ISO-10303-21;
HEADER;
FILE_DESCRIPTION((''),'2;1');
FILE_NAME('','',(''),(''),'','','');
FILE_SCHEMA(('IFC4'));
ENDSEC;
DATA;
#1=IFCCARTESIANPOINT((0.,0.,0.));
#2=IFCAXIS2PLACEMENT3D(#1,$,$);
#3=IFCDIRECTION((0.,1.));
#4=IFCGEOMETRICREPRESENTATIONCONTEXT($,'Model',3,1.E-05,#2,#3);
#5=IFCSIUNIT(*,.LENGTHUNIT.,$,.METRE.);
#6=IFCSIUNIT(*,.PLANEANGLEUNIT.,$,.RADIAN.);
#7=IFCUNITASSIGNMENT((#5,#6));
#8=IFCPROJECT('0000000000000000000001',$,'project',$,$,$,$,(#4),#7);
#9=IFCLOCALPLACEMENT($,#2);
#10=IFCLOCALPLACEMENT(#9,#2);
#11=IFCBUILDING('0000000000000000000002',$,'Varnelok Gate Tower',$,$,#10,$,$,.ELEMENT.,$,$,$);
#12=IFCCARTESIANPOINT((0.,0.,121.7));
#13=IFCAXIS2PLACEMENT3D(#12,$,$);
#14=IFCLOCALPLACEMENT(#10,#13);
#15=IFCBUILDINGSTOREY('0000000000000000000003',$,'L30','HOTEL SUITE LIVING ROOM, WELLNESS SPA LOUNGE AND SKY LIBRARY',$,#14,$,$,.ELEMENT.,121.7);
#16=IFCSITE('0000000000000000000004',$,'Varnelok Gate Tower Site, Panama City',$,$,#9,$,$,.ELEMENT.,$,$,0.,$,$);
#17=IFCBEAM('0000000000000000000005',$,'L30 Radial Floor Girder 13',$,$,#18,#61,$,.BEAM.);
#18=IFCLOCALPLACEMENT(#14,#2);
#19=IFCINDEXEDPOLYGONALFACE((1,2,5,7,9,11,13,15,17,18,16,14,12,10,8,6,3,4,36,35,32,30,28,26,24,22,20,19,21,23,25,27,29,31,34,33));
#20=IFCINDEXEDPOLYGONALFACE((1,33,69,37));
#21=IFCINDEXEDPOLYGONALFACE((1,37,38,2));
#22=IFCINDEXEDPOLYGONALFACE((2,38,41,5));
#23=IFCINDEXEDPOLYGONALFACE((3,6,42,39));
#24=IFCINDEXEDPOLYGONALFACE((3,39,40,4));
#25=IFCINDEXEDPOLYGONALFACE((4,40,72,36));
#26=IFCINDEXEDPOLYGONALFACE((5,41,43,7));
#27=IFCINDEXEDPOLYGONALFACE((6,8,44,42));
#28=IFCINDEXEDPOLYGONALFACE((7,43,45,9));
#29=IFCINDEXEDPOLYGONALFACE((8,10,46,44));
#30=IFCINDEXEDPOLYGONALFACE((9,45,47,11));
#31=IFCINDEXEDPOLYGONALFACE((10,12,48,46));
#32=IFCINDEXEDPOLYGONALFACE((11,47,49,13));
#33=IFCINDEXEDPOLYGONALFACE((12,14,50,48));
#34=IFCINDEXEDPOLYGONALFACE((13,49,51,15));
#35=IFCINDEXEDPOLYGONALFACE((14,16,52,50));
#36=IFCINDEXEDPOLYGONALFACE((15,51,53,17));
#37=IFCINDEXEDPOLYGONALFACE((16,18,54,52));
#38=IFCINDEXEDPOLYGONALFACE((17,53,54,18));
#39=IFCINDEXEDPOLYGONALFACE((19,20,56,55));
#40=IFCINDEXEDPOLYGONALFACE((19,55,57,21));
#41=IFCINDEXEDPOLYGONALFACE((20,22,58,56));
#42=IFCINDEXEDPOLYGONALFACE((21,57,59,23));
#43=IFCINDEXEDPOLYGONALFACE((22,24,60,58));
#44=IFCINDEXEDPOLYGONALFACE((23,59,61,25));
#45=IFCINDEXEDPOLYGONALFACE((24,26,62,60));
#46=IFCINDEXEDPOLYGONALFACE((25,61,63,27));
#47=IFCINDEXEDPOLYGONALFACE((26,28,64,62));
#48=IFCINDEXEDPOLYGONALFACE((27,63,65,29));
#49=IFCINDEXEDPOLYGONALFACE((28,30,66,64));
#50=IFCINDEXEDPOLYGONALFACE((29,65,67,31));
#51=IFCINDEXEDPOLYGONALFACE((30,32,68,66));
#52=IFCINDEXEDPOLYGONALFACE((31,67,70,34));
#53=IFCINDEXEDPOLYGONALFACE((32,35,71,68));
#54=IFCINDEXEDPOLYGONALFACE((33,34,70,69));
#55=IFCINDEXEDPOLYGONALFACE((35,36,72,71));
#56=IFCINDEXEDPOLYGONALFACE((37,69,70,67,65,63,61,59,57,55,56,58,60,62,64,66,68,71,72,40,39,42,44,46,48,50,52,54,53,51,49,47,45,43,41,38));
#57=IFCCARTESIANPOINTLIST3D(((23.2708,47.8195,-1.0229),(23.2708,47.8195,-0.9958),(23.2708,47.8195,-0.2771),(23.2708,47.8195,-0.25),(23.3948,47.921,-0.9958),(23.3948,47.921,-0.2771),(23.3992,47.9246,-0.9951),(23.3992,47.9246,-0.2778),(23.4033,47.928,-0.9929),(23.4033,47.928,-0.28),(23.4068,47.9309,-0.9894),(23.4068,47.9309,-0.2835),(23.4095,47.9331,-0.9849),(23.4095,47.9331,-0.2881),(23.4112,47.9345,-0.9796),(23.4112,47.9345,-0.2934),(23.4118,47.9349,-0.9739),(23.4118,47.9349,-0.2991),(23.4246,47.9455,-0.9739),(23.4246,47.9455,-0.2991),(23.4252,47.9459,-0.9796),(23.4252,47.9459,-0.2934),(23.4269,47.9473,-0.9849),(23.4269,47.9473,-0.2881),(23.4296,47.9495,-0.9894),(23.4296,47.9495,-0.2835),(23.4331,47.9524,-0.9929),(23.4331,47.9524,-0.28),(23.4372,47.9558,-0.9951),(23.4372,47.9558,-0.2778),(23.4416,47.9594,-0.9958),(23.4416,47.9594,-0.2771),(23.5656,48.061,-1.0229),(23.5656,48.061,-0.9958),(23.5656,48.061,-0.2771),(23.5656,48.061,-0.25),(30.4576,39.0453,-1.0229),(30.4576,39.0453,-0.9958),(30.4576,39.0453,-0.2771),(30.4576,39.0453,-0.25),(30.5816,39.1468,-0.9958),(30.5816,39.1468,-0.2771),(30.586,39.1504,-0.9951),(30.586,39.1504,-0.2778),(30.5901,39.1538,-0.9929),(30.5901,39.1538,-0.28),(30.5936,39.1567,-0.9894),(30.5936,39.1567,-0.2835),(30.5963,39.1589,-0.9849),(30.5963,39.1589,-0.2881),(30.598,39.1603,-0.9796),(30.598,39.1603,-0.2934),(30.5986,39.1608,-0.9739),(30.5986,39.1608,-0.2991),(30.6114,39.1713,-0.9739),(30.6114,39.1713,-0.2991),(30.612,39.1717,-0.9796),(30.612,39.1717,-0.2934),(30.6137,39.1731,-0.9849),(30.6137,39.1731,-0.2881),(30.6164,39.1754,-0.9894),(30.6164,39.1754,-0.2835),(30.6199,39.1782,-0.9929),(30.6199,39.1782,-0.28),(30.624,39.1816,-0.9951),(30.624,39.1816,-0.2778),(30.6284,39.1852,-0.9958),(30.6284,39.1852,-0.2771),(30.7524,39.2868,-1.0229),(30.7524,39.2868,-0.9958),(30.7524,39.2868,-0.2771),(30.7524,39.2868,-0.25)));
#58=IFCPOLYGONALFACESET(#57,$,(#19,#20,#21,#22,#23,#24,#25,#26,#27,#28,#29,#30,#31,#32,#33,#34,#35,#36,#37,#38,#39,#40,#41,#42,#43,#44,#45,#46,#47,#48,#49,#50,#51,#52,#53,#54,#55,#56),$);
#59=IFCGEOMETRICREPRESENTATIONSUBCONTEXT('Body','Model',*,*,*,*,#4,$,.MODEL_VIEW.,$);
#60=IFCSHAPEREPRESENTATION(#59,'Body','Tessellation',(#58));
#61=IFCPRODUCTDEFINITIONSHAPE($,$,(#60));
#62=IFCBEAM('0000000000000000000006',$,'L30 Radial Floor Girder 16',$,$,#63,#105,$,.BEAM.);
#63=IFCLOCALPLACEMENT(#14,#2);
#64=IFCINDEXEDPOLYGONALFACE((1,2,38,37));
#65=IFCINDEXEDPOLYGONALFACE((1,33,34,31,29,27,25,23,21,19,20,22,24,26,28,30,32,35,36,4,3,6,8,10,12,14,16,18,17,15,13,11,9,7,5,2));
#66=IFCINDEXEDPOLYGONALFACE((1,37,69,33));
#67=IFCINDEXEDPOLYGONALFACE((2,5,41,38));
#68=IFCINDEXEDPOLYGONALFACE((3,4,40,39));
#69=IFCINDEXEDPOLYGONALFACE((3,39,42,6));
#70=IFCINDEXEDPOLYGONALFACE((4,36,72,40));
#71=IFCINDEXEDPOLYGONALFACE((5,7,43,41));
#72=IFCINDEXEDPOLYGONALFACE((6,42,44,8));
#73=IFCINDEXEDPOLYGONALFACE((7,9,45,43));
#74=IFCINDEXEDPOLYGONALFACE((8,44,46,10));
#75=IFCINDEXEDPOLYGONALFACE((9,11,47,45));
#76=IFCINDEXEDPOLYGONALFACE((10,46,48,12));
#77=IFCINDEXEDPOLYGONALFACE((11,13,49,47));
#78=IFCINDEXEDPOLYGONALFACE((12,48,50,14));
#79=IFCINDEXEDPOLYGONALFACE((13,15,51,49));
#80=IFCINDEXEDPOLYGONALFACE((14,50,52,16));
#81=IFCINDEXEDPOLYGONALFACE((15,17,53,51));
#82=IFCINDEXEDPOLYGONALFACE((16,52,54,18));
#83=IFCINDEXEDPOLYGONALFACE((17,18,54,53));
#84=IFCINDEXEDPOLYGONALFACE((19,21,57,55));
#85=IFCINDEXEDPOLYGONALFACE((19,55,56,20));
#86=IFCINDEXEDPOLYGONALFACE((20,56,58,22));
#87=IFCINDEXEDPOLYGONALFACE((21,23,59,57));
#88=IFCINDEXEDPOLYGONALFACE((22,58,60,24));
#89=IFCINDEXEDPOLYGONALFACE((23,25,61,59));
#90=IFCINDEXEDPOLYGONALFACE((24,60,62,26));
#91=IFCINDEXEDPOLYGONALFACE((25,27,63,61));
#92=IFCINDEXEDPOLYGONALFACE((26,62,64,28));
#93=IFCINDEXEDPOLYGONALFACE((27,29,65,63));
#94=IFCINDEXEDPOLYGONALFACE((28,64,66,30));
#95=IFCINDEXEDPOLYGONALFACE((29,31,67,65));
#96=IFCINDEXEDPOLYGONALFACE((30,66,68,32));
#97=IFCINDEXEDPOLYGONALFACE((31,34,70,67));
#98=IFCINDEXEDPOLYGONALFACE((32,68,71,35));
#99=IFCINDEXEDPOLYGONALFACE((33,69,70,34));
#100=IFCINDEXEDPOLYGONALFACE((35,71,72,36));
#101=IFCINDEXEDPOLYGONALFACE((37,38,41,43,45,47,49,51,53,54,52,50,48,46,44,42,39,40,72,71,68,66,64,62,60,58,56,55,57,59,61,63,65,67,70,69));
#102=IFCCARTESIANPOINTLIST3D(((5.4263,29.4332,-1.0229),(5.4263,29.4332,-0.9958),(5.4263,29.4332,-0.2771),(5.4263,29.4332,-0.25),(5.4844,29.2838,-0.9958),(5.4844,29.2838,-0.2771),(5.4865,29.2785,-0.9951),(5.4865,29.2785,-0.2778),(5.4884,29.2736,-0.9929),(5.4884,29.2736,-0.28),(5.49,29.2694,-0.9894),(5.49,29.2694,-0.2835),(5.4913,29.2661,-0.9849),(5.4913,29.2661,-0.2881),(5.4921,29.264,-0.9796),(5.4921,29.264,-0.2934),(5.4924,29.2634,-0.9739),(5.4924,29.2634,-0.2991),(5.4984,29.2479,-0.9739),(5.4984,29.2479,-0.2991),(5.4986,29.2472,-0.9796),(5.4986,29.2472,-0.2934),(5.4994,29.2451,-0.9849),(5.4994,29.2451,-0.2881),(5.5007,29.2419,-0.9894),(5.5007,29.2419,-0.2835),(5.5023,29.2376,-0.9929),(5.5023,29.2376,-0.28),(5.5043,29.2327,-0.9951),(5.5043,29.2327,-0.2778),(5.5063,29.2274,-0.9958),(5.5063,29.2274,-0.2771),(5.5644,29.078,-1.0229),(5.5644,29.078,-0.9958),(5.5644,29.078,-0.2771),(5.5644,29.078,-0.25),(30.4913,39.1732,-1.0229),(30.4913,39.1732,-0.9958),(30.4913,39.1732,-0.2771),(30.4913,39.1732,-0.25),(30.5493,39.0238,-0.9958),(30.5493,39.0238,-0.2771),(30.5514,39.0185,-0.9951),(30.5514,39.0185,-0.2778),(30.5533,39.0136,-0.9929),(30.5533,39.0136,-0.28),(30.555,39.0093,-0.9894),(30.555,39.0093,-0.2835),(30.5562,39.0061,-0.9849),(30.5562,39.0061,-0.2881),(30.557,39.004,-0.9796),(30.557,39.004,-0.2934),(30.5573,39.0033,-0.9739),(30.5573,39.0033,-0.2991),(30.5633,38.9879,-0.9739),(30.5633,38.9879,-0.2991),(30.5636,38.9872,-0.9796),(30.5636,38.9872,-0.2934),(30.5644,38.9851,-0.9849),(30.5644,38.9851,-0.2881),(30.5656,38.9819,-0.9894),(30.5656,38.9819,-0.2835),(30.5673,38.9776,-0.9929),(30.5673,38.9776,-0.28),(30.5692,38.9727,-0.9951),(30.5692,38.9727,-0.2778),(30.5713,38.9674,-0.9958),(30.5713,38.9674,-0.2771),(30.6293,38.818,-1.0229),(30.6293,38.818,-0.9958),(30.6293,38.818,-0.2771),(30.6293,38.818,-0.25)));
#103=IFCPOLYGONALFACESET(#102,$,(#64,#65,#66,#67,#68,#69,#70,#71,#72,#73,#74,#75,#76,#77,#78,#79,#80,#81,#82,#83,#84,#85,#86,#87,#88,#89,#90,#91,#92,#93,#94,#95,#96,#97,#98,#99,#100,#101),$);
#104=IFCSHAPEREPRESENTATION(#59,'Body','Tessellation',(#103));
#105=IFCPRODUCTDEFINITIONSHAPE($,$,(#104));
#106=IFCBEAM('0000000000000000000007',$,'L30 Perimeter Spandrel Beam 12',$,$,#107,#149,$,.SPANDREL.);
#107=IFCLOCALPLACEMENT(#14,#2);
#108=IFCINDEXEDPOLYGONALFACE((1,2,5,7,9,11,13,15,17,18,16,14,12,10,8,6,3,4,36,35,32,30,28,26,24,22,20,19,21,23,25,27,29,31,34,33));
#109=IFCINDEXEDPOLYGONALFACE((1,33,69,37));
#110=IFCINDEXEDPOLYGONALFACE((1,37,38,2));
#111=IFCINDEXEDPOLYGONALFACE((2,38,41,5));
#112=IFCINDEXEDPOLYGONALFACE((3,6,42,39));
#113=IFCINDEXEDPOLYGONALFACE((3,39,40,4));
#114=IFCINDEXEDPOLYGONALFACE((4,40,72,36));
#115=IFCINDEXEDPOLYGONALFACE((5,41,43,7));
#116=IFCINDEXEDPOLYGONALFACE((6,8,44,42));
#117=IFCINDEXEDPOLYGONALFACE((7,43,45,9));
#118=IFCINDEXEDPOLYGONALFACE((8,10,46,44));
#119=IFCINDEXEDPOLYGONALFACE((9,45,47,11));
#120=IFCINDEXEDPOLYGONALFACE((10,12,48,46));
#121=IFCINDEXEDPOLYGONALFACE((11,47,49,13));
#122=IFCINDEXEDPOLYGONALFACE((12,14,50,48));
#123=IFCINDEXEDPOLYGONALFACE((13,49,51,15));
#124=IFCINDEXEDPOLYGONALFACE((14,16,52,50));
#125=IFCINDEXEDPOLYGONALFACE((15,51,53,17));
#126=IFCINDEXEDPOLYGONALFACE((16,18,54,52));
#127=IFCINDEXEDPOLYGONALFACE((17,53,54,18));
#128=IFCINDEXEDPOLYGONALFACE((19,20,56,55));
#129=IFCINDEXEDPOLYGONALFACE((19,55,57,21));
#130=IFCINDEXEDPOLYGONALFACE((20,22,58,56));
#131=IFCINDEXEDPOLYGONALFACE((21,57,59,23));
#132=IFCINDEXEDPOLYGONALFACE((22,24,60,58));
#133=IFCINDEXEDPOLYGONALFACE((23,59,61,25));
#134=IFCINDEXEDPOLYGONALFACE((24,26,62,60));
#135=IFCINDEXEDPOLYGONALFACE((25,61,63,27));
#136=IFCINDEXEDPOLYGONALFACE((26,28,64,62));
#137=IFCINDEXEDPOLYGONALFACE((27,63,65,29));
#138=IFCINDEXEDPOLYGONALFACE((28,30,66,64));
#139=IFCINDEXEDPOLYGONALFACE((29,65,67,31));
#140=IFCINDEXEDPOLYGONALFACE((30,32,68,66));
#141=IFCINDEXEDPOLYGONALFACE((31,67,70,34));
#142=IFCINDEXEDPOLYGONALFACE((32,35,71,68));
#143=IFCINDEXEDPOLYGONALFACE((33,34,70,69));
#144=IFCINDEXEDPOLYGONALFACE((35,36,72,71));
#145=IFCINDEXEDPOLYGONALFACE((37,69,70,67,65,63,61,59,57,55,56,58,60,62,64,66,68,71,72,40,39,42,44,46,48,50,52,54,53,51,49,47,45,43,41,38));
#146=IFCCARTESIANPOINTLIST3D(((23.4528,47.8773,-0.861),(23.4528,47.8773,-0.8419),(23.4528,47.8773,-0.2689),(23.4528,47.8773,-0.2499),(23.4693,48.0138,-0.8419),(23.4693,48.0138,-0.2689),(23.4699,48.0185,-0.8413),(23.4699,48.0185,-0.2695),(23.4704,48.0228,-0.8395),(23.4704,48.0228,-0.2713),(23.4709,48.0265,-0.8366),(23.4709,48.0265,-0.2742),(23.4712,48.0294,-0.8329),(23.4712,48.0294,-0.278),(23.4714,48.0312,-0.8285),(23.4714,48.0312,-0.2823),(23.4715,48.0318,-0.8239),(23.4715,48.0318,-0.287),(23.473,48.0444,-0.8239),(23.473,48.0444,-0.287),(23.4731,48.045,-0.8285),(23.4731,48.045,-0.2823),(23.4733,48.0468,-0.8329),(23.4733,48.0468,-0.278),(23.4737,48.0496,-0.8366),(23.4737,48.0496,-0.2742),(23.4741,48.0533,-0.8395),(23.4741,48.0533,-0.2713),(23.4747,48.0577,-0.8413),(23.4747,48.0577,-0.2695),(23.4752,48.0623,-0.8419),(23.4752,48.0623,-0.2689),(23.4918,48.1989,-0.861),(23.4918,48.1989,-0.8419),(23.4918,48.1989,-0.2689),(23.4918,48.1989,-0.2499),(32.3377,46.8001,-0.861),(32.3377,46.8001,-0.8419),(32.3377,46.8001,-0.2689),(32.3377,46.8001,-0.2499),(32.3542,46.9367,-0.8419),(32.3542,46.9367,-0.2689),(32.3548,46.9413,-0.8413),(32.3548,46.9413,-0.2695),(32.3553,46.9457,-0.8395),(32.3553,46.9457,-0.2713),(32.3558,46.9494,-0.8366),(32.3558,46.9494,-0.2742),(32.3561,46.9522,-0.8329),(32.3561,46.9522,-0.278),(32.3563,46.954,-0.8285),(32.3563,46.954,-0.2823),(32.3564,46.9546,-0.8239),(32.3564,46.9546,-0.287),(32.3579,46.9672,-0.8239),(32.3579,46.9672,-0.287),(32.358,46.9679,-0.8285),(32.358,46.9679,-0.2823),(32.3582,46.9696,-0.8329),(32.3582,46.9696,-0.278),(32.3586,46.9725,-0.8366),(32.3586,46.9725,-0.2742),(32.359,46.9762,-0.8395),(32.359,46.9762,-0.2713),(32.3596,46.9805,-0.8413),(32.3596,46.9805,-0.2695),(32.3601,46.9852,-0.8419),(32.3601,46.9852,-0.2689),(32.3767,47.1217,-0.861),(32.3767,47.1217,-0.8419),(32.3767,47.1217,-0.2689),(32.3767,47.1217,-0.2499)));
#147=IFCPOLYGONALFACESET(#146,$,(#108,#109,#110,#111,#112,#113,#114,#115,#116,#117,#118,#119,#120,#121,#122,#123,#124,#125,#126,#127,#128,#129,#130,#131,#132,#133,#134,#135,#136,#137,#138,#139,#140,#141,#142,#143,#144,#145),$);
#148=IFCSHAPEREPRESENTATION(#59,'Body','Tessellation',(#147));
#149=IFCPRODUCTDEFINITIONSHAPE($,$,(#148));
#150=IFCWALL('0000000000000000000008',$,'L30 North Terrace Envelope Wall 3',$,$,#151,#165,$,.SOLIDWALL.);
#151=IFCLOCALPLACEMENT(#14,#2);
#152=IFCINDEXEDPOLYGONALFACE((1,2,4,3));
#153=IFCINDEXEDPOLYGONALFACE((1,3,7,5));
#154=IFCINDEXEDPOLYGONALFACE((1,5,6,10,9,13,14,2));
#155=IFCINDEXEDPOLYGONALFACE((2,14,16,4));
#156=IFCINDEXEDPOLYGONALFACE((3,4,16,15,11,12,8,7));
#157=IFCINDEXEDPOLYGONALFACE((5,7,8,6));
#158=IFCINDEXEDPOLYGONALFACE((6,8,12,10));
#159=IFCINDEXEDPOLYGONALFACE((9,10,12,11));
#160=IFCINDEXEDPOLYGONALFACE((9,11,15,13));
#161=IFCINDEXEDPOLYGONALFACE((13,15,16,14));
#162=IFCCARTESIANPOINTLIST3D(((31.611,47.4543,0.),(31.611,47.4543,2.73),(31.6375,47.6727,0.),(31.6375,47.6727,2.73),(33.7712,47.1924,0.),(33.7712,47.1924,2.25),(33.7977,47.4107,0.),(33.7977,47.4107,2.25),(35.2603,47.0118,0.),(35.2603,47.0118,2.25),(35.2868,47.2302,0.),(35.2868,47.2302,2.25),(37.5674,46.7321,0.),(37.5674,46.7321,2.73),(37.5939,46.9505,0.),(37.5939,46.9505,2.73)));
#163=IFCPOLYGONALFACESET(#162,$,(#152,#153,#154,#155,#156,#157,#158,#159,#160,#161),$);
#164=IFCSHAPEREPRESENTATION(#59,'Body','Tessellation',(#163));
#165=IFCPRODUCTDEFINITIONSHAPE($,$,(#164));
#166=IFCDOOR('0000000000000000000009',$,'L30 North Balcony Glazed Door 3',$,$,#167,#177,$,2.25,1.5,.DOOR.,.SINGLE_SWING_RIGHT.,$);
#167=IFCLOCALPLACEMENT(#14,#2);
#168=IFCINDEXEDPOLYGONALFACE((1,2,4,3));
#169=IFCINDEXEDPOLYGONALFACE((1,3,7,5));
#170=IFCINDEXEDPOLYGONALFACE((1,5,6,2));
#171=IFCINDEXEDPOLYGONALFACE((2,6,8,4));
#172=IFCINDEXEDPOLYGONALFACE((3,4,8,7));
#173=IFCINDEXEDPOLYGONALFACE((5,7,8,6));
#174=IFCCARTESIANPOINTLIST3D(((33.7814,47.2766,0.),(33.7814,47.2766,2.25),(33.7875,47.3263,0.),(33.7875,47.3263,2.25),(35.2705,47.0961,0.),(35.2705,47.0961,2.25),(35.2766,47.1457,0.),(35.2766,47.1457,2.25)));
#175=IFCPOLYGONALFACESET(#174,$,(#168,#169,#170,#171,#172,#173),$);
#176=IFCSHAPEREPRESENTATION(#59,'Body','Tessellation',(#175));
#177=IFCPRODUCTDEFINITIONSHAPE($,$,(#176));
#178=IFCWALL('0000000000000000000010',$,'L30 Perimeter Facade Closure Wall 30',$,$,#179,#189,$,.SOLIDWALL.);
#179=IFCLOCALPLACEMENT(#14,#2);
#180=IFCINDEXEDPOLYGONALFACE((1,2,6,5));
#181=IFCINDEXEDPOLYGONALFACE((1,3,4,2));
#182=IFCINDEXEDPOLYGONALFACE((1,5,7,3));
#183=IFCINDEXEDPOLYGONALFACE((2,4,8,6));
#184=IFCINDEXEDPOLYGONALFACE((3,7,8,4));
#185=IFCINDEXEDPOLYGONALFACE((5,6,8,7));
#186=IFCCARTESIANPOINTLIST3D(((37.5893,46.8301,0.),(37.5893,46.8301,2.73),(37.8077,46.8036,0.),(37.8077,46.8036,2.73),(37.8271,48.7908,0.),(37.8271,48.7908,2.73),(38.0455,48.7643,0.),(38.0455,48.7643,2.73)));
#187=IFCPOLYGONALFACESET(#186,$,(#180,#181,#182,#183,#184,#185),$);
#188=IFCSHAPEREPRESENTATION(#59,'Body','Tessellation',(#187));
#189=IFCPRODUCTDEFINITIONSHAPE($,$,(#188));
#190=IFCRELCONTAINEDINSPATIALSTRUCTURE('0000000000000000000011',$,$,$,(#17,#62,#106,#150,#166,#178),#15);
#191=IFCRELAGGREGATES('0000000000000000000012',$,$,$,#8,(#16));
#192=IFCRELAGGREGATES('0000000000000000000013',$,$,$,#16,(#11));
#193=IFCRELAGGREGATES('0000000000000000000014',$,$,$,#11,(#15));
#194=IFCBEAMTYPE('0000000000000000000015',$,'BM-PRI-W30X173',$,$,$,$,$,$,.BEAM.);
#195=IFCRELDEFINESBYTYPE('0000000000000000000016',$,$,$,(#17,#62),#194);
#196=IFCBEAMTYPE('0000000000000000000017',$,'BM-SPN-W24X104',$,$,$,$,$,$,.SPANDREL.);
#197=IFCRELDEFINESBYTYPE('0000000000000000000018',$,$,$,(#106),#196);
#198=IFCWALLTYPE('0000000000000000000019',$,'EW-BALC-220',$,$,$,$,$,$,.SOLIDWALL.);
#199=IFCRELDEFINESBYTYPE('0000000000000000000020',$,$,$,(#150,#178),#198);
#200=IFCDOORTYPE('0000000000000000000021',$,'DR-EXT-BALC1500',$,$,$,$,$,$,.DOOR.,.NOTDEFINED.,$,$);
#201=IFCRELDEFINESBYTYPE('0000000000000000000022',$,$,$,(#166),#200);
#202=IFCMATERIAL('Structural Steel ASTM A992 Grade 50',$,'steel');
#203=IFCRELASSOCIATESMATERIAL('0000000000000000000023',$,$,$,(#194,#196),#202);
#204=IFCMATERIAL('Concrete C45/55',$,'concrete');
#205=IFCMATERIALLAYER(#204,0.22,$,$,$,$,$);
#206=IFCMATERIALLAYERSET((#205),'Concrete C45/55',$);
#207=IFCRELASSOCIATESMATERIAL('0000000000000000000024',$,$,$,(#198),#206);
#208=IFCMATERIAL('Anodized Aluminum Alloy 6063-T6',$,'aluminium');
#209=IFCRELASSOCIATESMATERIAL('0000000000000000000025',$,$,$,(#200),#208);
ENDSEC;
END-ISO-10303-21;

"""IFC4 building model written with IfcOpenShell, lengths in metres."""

from ifc_helpers import new_model, si_unit, direction, frame, frame_2d, origin, origin_2d, place, context, subcontext, project, spatial, rectangle, i_section, extrude, material, layer, layer_set, material_profile, profile_set, type_object, element, fill, save


model = new_model("IFC4")

# Units and contexts
model_context = context("Model", 3, precision=1e-05, world=origin(), true_north=direction((0.0, 1.0)))
body_context = subcontext(model_context, "Body", "Model", "MODEL_VIEW")
ifc_project = project(units=[si_unit("LENGTHUNIT", "METRE"), si_unit("PLANEANGLEUNIT", "RADIAN")], contexts=[model_context])

# Site, building, storey
site_placement = place(None, origin())
site = spatial("IfcSite", under=ifc_project, at=site_placement, Name="Varnelok Gate Tower Site, Panama City", CompositionType="ELEMENT", RefElevation=0.0)
building_placement = place(site_placement, origin())
building = spatial("IfcBuilding", under=site, at=building_placement, Name="Varnelok Gate Tower", CompositionType="ELEMENT")
storey_placement = place(building_placement, frame((0.0, 0.0, 121.7)))
storey = spatial("IfcBuildingStorey", under=building, at=storey_placement, Name="L30", Description="HOTEL SUITE LIVING ROOM, WELLNESS SPA LOUNGE AND SKY LIBRARY", CompositionType="ELEMENT", Elevation=121.7)

# Shared definitions
ifc_material_1 = material(Name="Structural Steel ASTM A992 Grade 50", Category="steel")

# Beams
ifc_material_profile_1 = material_profile(ifc_material_1, i_section(OverallWidth=0.3811, OverallDepth=0.7729, WebThickness=0.0166, FlangeThickness=0.0271, FilletRadius=0.022, at=origin_2d()), Name="W30X173")
ifc_profile_set_1 = profile_set([ifc_material_profile_1], Name="Structural Steel ASTM A992 Grade 50")
beam_type_1 = type_object("IfcBeamType", Name="BM-PRI-W30X173", PredefinedType="BEAM", material=ifc_profile_set_1)
beam_1_placement = place(storey_placement, frame((30.605, 39.166, -0.6365), z_axis=(-0.633655, 0.773616, 0.0), x_axis=(-0.773616, -0.633655, 0.0)))
element("IfcBeam", 1, at=beam_1_placement, inside=storey, type_object=beam_type_1, Name="L30 Radial Floor Girder 13", PredefinedType="BEAM", context=body_context, shape_type="SweptSolid", body=[
    extrude(i_section(OverallWidth=0.3811, OverallDepth=0.7729, WebThickness=0.0166, FlangeThickness=0.0271, FilletRadius=0.022, at=origin_2d()), origin(), (0.0, 0.0, 1.0), 11.3418),
])
beam_2_placement = place(storey_placement, frame((30.5603, 38.9956, -0.6365), z_axis=(-0.932099, -0.362204, 0.0), x_axis=(0.362204, -0.932099, 0.0)))
element("IfcBeam", 2, at=beam_2_placement, inside=storey, type_object=beam_type_1, Name="L30 Radial Floor Girder 16", PredefinedType="BEAM", context=body_context, shape_type="SweptSolid", body=[
    extrude(i_section(OverallWidth=0.3811, OverallDepth=0.7729, WebThickness=0.0166, FlangeThickness=0.0271, FilletRadius=0.022, at=origin_2d()), origin(), (0.0, 0.0, 1.0), 26.8909),
])
ifc_material_profile_2 = material_profile(ifc_material_1, i_section(OverallWidth=0.324, OverallDepth=0.6111, WebThickness=0.0127, FlangeThickness=0.019, FilletRadius=0.0181, at=origin_2d()), Name="W24X104")
ifc_profile_set_2 = profile_set([ifc_material_profile_2], Name="Structural Steel ASTM A992 Grade 50")
beam_type_2 = type_object("IfcBeamType", Name="BM-SPN-W24X104", PredefinedType="SPANDREL", material=ifc_profile_set_2)
beam_3_placement = place(storey_placement, frame((32.3572, 46.9609, -0.5554), z_axis=(-0.992731, 0.120351, 0.0), x_axis=(-0.120351, -0.992731, 0.0)))
element("IfcBeam", 3, at=beam_3_placement, inside=storey, type_object=beam_type_2, Name="L30 Perimeter Spandrel Beam 12", PredefinedType="SPANDREL", context=body_context, shape_type="SweptSolid", body=[
    extrude(i_section(OverallWidth=0.324, OverallDepth=0.6111, WebThickness=0.0127, FlangeThickness=0.019, FilletRadius=0.0181, at=origin_2d()), origin(), (0.0, 0.0, 1.0), 8.95),
])

# Wall, opening, door
ifc_material_2 = material(Name="Concrete C45/55", Category="concrete")
ifc_layer_1 = layer(ifc_material_2, 0.22)
ifc_layer_set_1 = layer_set([ifc_layer_1], Name="Concrete C45/55")
wall_type_1 = type_object("IfcWallType", Name="EW-BALC-220", PredefinedType="SOLIDWALL", material=ifc_layer_set_1)
wall_1_placement = place(storey_placement, frame((31.6243, 47.5635, 0.0), z_axis=(0.0, 0.0, 1.0), x_axis=(0.99273, -0.120363, 0.0)))
wall_1 = element("IfcWall", 4, at=wall_1_placement, inside=storey, type_object=wall_type_1, Name="L30 North Terrace Envelope Wall 3", PredefinedType="SOLIDWALL", context=body_context, shape_type="SweptSolid", body=[
    extrude(rectangle(XDim=6.0, YDim=0.22, at=frame_2d((3.0, 0.0))), origin(), (0.0, 0.0, 1.0), 2.73),
])
opening_1_placement = place(wall_1_placement, frame((2.176, 0.0, 0.0)))
opening_1 = element("IfcOpeningElement", 5, at=opening_1_placement, cuts=wall_1, PredefinedType="OPENING", context=body_context, shape_type="SweptSolid", body=[
    extrude(rectangle(XDim=1.5, YDim=2.25, at=frame_2d((0.75, 1.125))), frame((0.0, 0.1199, 0.0), z_axis=(0.0, -1.0, 0.0), x_axis=(1.0, 0.0, 0.0)), (0.0, 0.0, 1.0), 0.24),
])
ifc_material_3 = material(Name="Anodized Aluminum Alloy 6063-T6", Category="aluminium")
door_type_1 = type_object("IfcDoorType", Name="DR-EXT-BALC1500", OperationType="NOTDEFINED", PredefinedType="DOOR", material=ifc_material_3)
door_1_placement = place(opening_1_placement, origin())
door_1 = element("IfcDoor", 6, at=door_1_placement, inside=storey, type_object=door_type_1, Name="L30 North Balcony Glazed Door 3", OperationType="SINGLE_SWING_RIGHT", OverallHeight=2.25, OverallWidth=1.5, PredefinedType="DOOR", context=body_context, shape_type="SweptSolid", body=[
    extrude(rectangle(XDim=1.5, YDim=2.25, at=frame_2d((0.75, 1.125))), frame((0.0, 0.0249, 0.0), z_axis=(0.0, -1.0, 0.0), x_axis=(1.0, 0.0, 0.0)), (0.0, 0.0, 1.0), 0.05),
])
fill(opening_1, door_1)

# Wall
wall_2_placement = place(storey_placement, frame((37.9363, 48.7776, 0.0), z_axis=(0.0, 0.0, 1.0), x_axis=(-0.120398, -0.992726, 0.0)))
element("IfcWall", 7, at=wall_2_placement, inside=storey, type_object=wall_type_1, Name="L30 Perimeter Facade Closure Wall 30", PredefinedType="SOLIDWALL", context=body_context, shape_type="SweptSolid", body=[
    extrude(rectangle(XDim=1.9751, YDim=0.22, at=frame_2d((0.9875, 0.0))), origin(), (0.0, 0.0, 1.0), 2.73),
])

save(model, "model.ifc")
